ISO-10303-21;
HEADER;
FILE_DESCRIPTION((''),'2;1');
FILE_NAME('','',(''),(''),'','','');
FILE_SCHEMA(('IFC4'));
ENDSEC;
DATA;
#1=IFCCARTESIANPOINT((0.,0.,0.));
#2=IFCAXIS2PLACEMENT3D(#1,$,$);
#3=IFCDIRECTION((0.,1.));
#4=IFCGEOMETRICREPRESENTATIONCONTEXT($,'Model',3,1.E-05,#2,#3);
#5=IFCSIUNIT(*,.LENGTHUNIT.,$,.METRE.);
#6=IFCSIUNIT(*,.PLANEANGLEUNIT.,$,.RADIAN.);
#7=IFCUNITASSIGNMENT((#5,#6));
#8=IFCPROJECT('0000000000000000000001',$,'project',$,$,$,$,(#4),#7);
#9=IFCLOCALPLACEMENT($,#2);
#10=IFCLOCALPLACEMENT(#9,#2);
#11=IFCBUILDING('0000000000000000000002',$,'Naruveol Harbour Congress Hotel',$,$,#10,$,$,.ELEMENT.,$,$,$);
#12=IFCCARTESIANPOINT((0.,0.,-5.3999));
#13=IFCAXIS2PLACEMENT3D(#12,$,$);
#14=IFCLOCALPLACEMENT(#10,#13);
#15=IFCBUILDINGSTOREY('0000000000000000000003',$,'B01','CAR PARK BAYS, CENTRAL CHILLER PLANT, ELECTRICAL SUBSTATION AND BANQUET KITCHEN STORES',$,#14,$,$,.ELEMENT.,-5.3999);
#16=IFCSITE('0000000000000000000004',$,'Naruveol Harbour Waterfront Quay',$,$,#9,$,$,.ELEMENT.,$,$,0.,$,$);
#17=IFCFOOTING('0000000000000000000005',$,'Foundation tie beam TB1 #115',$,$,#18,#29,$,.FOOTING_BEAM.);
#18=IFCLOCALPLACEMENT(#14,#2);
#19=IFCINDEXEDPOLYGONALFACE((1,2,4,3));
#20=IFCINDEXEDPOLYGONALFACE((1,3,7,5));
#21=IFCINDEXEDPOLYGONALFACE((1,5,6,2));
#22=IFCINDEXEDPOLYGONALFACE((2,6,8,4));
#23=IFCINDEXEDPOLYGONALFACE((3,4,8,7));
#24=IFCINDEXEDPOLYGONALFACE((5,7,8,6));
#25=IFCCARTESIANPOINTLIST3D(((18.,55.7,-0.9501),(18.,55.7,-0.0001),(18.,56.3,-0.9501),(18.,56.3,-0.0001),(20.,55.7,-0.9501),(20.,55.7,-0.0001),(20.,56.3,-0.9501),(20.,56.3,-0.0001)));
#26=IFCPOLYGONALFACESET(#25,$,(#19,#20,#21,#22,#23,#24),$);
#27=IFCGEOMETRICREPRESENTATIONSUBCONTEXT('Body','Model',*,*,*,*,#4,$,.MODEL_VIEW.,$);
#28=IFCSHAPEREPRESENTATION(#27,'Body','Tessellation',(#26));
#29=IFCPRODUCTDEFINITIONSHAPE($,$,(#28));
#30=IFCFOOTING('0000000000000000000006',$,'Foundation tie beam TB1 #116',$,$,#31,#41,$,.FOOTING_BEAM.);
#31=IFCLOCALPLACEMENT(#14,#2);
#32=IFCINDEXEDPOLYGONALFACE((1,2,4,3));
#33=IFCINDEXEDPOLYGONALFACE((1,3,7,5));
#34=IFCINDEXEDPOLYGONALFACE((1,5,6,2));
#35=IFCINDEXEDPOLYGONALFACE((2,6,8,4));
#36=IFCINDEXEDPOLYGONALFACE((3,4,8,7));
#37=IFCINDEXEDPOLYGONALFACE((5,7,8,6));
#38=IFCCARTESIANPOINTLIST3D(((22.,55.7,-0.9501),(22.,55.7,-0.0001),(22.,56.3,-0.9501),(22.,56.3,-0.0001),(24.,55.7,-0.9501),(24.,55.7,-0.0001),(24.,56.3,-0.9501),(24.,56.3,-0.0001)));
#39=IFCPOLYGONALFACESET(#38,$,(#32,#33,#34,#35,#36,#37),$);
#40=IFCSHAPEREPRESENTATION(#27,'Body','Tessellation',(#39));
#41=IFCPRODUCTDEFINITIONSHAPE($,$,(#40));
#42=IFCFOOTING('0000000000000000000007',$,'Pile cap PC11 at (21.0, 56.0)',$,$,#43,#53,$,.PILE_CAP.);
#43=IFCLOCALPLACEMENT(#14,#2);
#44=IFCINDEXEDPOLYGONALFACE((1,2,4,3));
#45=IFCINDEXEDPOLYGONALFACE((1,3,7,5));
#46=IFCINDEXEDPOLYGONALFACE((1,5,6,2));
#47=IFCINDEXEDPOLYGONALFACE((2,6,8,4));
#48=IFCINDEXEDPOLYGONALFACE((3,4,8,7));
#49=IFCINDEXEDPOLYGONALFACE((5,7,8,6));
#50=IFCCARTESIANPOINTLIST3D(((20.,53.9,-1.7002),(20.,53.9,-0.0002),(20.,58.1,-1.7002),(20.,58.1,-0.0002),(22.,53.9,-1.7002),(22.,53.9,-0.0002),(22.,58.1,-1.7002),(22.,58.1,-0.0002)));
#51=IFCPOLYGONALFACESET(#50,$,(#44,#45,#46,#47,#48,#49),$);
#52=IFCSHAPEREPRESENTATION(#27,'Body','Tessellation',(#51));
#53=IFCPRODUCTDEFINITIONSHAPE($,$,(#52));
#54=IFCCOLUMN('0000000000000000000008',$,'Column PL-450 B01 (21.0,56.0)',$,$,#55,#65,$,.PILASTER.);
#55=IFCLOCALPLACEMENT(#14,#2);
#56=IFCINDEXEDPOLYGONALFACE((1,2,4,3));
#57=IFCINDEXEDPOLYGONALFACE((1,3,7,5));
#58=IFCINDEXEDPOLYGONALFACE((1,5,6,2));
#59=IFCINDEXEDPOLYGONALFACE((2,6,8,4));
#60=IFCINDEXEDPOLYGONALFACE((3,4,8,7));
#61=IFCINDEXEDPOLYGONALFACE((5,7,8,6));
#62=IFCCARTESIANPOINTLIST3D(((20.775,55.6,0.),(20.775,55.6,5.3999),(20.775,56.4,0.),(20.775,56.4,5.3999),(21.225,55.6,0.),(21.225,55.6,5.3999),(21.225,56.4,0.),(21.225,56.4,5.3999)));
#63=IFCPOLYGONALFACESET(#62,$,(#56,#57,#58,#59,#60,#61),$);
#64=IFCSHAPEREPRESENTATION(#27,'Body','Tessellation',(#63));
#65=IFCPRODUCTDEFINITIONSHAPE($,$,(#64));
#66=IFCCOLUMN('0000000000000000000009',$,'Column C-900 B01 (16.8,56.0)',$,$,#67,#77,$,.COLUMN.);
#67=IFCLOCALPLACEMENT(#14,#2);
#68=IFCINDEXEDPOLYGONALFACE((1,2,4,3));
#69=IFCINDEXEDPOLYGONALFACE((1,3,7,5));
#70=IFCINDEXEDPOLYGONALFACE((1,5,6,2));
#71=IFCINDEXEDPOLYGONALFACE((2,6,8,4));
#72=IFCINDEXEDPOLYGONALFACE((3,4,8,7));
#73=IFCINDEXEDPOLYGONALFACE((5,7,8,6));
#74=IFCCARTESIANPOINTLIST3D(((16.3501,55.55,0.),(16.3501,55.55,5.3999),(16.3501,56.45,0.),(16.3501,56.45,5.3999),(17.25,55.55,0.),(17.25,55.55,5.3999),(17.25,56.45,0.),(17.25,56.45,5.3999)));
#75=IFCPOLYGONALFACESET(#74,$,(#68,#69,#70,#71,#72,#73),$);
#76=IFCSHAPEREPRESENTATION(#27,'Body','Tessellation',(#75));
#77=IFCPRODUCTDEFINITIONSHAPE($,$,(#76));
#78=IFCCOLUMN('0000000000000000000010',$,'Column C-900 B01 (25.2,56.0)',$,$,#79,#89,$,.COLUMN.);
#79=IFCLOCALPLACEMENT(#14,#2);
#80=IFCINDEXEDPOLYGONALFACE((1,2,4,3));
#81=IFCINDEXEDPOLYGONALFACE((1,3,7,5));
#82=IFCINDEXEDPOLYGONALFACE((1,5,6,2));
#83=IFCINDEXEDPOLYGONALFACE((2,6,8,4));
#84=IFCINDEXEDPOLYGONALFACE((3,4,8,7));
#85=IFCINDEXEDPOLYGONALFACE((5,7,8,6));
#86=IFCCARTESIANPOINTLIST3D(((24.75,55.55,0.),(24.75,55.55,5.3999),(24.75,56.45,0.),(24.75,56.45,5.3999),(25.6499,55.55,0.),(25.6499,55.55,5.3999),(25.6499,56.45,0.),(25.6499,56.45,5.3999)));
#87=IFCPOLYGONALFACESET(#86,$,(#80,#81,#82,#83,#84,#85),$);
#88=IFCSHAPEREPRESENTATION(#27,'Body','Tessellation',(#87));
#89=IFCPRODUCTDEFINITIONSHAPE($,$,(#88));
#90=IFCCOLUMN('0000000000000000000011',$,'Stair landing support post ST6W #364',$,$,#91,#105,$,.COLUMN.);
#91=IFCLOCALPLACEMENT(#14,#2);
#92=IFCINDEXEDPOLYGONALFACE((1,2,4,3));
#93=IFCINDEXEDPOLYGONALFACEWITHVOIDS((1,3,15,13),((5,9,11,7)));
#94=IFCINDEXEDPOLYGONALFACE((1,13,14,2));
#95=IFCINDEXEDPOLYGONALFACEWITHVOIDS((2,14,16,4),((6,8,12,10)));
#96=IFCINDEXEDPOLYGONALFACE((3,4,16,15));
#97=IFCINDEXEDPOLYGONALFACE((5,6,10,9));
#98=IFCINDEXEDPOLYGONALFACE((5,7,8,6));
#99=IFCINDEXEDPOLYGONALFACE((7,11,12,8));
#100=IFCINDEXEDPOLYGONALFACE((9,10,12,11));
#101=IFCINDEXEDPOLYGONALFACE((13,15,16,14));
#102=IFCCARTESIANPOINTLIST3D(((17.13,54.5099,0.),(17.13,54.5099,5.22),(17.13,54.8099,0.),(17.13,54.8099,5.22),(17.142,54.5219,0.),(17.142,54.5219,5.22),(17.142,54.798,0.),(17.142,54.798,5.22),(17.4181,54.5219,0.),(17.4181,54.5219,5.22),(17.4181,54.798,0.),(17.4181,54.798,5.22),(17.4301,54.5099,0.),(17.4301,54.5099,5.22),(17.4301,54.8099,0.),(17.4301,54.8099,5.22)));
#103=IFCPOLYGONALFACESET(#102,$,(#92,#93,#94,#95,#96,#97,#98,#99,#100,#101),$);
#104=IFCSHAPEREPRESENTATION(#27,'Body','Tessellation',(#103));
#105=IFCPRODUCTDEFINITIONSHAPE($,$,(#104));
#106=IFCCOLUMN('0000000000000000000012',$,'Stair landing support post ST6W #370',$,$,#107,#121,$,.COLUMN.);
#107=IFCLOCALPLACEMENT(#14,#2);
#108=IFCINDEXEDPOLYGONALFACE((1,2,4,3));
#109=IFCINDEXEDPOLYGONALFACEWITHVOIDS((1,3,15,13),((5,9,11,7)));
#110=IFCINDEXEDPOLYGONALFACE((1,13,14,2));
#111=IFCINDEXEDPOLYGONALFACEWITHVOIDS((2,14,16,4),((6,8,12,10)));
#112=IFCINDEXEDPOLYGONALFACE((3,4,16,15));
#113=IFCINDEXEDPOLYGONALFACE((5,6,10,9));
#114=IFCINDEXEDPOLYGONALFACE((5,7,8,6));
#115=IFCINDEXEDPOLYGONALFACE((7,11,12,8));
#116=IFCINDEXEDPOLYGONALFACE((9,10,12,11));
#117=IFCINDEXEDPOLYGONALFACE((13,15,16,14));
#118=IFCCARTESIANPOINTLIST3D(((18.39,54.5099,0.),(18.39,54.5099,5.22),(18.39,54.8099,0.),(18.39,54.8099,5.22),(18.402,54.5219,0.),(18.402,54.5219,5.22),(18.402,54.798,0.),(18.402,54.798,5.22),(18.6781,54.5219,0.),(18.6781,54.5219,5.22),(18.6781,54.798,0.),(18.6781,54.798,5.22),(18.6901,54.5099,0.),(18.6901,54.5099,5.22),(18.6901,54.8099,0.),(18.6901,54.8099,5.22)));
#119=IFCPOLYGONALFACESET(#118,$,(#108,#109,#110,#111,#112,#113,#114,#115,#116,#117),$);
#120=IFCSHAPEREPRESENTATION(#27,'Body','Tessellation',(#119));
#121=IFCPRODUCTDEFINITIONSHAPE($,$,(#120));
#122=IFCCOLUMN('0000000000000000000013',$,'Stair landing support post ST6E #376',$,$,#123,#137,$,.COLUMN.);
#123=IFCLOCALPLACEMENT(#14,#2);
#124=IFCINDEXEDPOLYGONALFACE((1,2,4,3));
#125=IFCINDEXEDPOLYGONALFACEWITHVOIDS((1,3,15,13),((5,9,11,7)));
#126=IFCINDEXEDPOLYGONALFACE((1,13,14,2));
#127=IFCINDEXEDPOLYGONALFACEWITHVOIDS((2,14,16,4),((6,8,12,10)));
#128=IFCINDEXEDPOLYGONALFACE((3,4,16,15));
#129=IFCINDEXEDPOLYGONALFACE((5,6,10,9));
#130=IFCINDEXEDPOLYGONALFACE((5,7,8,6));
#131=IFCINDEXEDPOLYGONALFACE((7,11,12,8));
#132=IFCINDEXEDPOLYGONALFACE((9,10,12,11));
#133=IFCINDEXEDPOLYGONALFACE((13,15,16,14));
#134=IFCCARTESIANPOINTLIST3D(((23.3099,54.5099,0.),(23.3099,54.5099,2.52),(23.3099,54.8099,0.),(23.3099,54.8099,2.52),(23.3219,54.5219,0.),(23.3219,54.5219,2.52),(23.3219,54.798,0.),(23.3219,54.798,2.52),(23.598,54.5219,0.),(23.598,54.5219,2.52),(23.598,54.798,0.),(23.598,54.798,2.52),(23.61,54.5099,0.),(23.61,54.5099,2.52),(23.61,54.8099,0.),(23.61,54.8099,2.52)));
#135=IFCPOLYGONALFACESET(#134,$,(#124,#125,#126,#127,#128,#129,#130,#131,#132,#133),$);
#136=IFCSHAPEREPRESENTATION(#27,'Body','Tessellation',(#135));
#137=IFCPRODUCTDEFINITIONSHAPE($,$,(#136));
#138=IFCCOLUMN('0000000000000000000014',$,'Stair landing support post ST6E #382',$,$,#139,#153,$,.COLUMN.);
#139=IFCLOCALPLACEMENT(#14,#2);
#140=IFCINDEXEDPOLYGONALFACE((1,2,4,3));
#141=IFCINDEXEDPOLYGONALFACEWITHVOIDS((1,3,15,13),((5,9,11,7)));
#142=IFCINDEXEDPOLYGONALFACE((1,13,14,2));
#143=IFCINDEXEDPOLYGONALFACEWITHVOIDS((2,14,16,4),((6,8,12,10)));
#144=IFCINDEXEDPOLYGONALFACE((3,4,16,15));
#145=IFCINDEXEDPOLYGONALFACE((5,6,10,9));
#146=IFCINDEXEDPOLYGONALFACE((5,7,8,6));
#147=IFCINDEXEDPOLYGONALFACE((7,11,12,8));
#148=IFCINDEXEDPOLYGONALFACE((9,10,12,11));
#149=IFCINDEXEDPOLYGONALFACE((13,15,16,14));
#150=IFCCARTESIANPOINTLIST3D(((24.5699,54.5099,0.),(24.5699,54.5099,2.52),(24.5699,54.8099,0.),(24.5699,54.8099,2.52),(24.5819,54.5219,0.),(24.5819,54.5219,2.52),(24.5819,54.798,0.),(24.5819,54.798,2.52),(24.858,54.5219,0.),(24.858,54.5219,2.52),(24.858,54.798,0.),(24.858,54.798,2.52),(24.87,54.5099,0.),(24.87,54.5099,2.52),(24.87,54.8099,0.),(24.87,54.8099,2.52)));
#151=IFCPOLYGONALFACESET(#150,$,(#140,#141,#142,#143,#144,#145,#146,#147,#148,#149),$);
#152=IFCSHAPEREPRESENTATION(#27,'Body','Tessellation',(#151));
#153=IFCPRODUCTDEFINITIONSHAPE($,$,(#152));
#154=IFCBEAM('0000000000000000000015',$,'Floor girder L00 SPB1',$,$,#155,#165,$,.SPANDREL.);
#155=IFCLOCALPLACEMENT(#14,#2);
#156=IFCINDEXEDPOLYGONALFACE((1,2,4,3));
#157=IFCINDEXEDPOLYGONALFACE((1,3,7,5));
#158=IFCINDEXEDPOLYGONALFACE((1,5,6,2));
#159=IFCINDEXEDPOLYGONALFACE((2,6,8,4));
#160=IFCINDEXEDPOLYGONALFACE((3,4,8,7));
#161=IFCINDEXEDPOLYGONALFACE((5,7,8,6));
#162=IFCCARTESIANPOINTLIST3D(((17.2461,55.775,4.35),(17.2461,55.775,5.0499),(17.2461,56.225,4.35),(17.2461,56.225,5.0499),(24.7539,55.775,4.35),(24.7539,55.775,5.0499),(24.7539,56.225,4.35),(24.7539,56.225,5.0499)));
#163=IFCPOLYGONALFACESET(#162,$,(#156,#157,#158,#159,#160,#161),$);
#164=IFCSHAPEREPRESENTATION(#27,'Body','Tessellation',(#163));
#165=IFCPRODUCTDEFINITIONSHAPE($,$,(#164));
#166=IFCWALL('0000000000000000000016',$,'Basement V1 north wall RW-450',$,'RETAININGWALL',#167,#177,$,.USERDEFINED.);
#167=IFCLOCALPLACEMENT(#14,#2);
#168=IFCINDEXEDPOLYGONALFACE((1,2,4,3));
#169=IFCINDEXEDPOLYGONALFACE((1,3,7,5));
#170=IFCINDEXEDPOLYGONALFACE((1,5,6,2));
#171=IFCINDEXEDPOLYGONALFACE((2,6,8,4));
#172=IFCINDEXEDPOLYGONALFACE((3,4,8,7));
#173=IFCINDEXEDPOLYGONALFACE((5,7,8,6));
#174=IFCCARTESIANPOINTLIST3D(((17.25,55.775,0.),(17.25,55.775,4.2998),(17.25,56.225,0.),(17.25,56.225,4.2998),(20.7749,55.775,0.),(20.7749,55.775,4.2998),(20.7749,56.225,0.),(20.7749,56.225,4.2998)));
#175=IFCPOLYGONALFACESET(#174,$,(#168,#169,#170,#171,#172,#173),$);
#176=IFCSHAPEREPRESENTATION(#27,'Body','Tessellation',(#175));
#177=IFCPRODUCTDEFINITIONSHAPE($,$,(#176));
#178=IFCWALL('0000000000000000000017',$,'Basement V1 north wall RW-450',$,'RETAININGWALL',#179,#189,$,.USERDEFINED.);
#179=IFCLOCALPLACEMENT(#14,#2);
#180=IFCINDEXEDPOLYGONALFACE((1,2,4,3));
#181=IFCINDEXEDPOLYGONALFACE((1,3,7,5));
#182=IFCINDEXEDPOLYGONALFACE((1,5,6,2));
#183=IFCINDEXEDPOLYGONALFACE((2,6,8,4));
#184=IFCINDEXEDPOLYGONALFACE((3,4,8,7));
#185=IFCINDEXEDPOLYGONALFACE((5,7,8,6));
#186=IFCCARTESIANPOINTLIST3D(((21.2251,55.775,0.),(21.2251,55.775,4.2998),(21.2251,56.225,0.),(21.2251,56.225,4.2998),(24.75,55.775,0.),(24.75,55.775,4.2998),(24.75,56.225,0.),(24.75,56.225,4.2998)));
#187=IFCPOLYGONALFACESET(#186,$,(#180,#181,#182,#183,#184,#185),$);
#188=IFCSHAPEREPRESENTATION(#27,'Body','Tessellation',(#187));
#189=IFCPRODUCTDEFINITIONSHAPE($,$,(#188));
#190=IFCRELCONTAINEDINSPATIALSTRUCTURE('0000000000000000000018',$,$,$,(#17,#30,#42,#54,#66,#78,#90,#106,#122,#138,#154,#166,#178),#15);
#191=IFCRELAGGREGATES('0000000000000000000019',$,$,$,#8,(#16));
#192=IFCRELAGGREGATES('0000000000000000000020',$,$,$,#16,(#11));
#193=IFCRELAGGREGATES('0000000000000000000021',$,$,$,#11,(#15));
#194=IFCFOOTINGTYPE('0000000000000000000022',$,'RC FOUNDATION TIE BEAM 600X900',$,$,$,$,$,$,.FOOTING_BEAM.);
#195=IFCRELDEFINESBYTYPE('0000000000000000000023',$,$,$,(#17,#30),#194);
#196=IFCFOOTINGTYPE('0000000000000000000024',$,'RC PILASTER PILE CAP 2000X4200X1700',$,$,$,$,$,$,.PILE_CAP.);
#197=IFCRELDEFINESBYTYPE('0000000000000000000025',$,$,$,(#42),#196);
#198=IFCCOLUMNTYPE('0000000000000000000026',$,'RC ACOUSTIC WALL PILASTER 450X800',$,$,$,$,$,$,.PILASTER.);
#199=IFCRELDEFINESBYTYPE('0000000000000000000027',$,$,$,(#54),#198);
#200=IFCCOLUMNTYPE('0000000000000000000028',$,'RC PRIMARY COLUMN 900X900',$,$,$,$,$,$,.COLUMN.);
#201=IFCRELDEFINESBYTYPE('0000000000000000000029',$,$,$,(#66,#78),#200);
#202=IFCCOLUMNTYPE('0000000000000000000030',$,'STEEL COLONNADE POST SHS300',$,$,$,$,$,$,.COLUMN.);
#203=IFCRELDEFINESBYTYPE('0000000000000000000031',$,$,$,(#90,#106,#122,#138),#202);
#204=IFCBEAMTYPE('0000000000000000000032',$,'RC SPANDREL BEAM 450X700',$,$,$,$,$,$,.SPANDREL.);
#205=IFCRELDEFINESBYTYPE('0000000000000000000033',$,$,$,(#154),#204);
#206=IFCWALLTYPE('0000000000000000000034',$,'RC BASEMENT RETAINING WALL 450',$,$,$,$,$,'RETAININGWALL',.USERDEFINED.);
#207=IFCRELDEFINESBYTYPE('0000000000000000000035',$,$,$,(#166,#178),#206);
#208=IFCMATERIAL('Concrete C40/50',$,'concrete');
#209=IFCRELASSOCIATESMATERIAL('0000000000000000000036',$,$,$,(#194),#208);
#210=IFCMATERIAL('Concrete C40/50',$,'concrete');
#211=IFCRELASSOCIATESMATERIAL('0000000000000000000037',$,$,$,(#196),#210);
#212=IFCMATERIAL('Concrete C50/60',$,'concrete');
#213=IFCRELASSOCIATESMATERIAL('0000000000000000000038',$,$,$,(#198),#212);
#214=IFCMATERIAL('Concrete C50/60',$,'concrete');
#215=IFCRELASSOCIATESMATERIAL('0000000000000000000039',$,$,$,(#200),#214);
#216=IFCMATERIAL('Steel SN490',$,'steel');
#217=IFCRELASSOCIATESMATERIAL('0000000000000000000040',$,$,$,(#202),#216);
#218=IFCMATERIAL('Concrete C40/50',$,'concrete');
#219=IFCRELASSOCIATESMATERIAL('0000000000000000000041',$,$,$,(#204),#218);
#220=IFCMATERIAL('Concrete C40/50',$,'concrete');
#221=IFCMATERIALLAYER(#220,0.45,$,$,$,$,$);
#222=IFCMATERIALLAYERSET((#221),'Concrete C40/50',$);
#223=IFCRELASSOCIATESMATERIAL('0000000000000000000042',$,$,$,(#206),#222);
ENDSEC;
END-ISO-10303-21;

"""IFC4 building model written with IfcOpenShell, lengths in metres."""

from ifc_helpers import new_model, si_unit, direction, frame, frame_2d, origin, origin_2d, place, context, subcontext, project, spatial, rectangle, hollow_rectangle, extrude, material, layer, layer_set, material_profile, profile_set, type_object, element, save


model = new_model("IFC4")

# Units and contexts
model_context = context("Model", 3, precision=1e-05, world=origin(), true_north=direction((0.0, 1.0)))
body_context = subcontext(model_context, "Body", "Model", "MODEL_VIEW")
ifc_project = project(units=[si_unit("LENGTHUNIT", "METRE"), si_unit("PLANEANGLEUNIT", "RADIAN")], contexts=[model_context])

# Site, building, storey
site_placement = place(None, origin())
site = spatial("IfcSite", under=ifc_project, at=site_placement, Name="Naruveol Harbour Waterfront Quay", CompositionType="ELEMENT", RefElevation=0.0)
building_placement = place(site_placement, origin())
building = spatial("IfcBuilding", under=site, at=building_placement, Name="Naruveol Harbour Congress Hotel", CompositionType="ELEMENT")
storey_placement = place(building_placement, frame((0.0, 0.0, -5.3999)))
storey = spatial("IfcBuildingStorey", under=building, at=storey_placement, Name="B01", Description="CAR PARK BAYS, CENTRAL CHILLER PLANT, ELECTRICAL SUBSTATION AND BANQUET KITCHEN STORES", CompositionType="ELEMENT", Elevation=-5.3999)

# Footings
ifc_material_1 = material(Name="Concrete C40/50", Category="concrete")
ifc_material_profile_1 = material_profile(ifc_material_1, rectangle(XDim=0.6001, YDim=0.95, at=origin_2d()), Name="RCB-600x950")
ifc_profile_set_1 = profile_set([ifc_material_profile_1], Name="Concrete C40/50")
footing_type_1 = type_object("IfcFootingType", Name="RC FOUNDATION TIE BEAM 600X900", PredefinedType="FOOTING_BEAM", material=ifc_profile_set_1)
for number, where, z_axis, x_axis, name in (
    (1, (18.0, 56.0, -0.4751), (1.0, 0.0, 0.0), (0.0, 1.0, 0.0), "Foundation tie beam TB1 #115"),
    (2, (22.0, 56.0, -0.4751), (1.0, 0.0, 0.0), (0.0, 1.0, 0.0), "Foundation tie beam TB1 #116"),
):
    element("IfcFooting", number, at=place(storey_placement, frame(where, z_axis=z_axis, x_axis=x_axis)), inside=storey, type_object=footing_type_1, Name=name, PredefinedType="FOOTING_BEAM", context=body_context, shape_type="SweptSolid", body=[
        extrude(rectangle(XDim=0.6001, YDim=0.95, at=origin_2d()), origin(), (0.0, 0.0, 1.0), 2.0),
    ])
ifc_material_2 = material(Name="Concrete C40/50", Category="concrete")
footing_type_2 = type_object("IfcFootingType", Name="RC PILASTER PILE CAP 2000X4200X1700", PredefinedType="PILE_CAP", material=ifc_material_2)
footing_placement = place(storey_placement, frame((21.0, 56.0, -1.7002), z_axis=(0.0, 0.0, 1.0), x_axis=(1.0, 0.0, 0.0)))
element("IfcFooting", 3, at=footing_placement, inside=storey, type_object=footing_type_2, Name="Pile cap PC11 at (21.0, 56.0)", PredefinedType="PILE_CAP", context=body_context, shape_type="SweptSolid", body=[
    extrude(rectangle(XDim=2.0, YDim=4.2, at=origin_2d()), origin(), (0.0, 0.0, 1.0), 1.7),
])

# Columns
ifc_material_3 = material(Name="Concrete C50/60", Category="concrete")
ifc_material_profile_2 = material_profile(ifc_material_3, rectangle(XDim=0.45, YDim=0.8, at=origin_2d()), Name="RC-450x800")
ifc_profile_set_2 = profile_set([ifc_material_profile_2], Name="Concrete C50/60")
column_type_1 = type_object("IfcColumnType", Name="RC ACOUSTIC WALL PILASTER 450X800", PredefinedType="PILASTER", material=ifc_profile_set_2)
column_placement = place(storey_placement, frame((21.0, 56.0, 0.0), z_axis=(0.0, 0.0, 1.0), x_axis=(1.0, 0.0, 0.0)))
element("IfcColumn", 4, at=column_placement, inside=storey, type_object=column_type_1, Name="Column PL-450 B01 (21.0,56.0)", PredefinedType="PILASTER", context=body_context, shape_type="SweptSolid", body=[
    extrude(rectangle(XDim=0.45, YDim=0.8, at=origin_2d()), origin(), (0.0, 0.0, 1.0), 5.3999),
])
ifc_material_4 = material(Name="Concrete C50/60", Category="concrete")
ifc_material_profile_3 = material_profile(ifc_material_4, rectangle(XDim=0.8999, YDim=0.8999, at=origin_2d()), Name="RC-900x900")
ifc_profile_set_3 = profile_set([ifc_material_profile_3], Name="Concrete C50/60")
column_type_2 = type_object("IfcColumnType", Name="RC PRIMARY COLUMN 900X900", PredefinedType="COLUMN", material=ifc_profile_set_3)
for number, where, z_axis, x_axis, name in (
    (5, (16.8, 56.0, 0.0), (0.0, 0.0, 1.0), (1.0, 0.0, 0.0), "Column C-900 B01 (16.8,56.0)"),
    (6, (25.2, 56.0, 0.0), (0.0, 0.0, 1.0), (1.0, 0.0, 0.0), "Column C-900 B01 (25.2,56.0)"),
):
    element("IfcColumn", number, at=place(storey_placement, frame(where, z_axis=z_axis, x_axis=x_axis)), inside=storey, type_object=column_type_2, Name=name, PredefinedType="COLUMN", context=body_context, shape_type="SweptSolid", body=[
        extrude(rectangle(XDim=0.8999, YDim=0.8999, at=origin_2d()), origin(), (0.0, 0.0, 1.0), 5.3999),
    ])
ifc_material_5 = material(Name="Steel SN490", Category="steel")
ifc_material_profile_4 = material_profile(ifc_material_5, hollow_rectangle(XDim=0.3, YDim=0.3, WallThickness=0.012, at=origin_2d()), Name="SHS-300x300x12")
ifc_profile_set_4 = profile_set([ifc_material_profile_4], Name="Steel SN490")
column_type_3 = type_object("IfcColumnType", Name="STEEL COLONNADE POST SHS300", PredefinedType="COLUMN", material=ifc_profile_set_4)
for number, where, z_axis, x_axis, name in (
    (7, (17.28, 54.6599, 0.0), (0.0, 0.0, 1.0), (1.0, 0.0, 0.0), "Stair landing support post ST6W #364"),
    (8, (18.54, 54.6599, 0.0), (0.0, 0.0, 1.0), (1.0, 0.0, 0.0), "Stair landing support post ST6W #370"),
):
    element("IfcColumn", number, at=place(storey_placement, frame(where, z_axis=z_axis, x_axis=x_axis)), inside=storey, type_object=column_type_3, Name=name, PredefinedType="COLUMN", context=body_context, shape_type="SweptSolid", body=[
        extrude(hollow_rectangle(XDim=0.3, YDim=0.3, WallThickness=0.012, at=origin_2d()), origin(), (0.0, 0.0, 1.0), 5.22),
    ])
for number, where, z_axis, x_axis, name in (
    (9, (23.46, 54.6599, 0.0), (0.0, 0.0, 1.0), (1.0, 0.0, 0.0), "Stair landing support post ST6E #376"),
    (10, (24.72, 54.6599, 0.0), (0.0, 0.0, 1.0), (1.0, 0.0, 0.0), "Stair landing support post ST6E #382"),
):
    element("IfcColumn", number, at=place(storey_placement, frame(where, z_axis=z_axis, x_axis=x_axis)), inside=storey, type_object=column_type_3, Name=name, PredefinedType="COLUMN", context=body_context, shape_type="SweptSolid", body=[
        extrude(hollow_rectangle(XDim=0.3, YDim=0.3, WallThickness=0.012, at=origin_2d()), origin(), (0.0, 0.0, 1.0), 2.52),
    ])

# Beam
ifc_material_6 = material(Name="Concrete C40/50", Category="concrete")
ifc_material_profile_5 = material_profile(ifc_material_6, rectangle(XDim=0.45, YDim=0.7, at=origin_2d()), Name="RCB-450x700")
ifc_profile_set_5 = profile_set([ifc_material_profile_5], Name="Concrete C40/50")
beam_type = type_object("IfcBeamType", Name="RC SPANDREL BEAM 450X700", PredefinedType="SPANDREL", material=ifc_profile_set_5)
beam_placement = place(storey_placement, frame((17.2461, 56.0, 4.7), z_axis=(1.0, 0.0, 0.0), x_axis=(0.0, 1.0, 0.0)))
element("IfcBeam", 11, at=beam_placement, inside=storey, type_object=beam_type, Name="Floor girder L00 SPB1", PredefinedType="SPANDREL", context=body_context, shape_type="SweptSolid", body=[
    extrude(rectangle(XDim=0.45, YDim=0.7, at=origin_2d()), origin(), (0.0, 0.0, 1.0), 7.5078),
])

# Walls
ifc_material_7 = material(Name="Concrete C40/50", Category="concrete")
ifc_layer_1 = layer(ifc_material_7, 0.45)
ifc_layer_set_1 = layer_set([ifc_layer_1], Name="Concrete C40/50")
wall_type_1 = type_object("IfcWallType", Name="RC BASEMENT RETAINING WALL 450", ElementType="RETAININGWALL", PredefinedType="USERDEFINED", material=ifc_layer_set_1)
for number, where, z_axis, x_axis, name in (
    (12, (17.25, 56.0, 0.0), (0.0, 0.0, 1.0), (1.0, 0.0, 0.0), "Basement V1 north wall RW-450"),
    (13, (21.2251, 56.0, 0.0), (0.0, 0.0, 1.0), (1.0, 0.0, 0.0), "Basement V1 north wall RW-450"),
):
    element("IfcWall", number, at=place(storey_placement, frame(where, z_axis=z_axis, x_axis=x_axis)), inside=storey, type_object=wall_type_1, Name=name, ObjectType="RETAININGWALL", PredefinedType="USERDEFINED", context=body_context, shape_type="SweptSolid", body=[
        extrude(rectangle(XDim=3.5249, YDim=0.45, at=frame_2d((1.7625, 0.0))), origin(), (0.0, 0.0, 1.0), 4.2998),
    ])

save(model, "model.ifc")
